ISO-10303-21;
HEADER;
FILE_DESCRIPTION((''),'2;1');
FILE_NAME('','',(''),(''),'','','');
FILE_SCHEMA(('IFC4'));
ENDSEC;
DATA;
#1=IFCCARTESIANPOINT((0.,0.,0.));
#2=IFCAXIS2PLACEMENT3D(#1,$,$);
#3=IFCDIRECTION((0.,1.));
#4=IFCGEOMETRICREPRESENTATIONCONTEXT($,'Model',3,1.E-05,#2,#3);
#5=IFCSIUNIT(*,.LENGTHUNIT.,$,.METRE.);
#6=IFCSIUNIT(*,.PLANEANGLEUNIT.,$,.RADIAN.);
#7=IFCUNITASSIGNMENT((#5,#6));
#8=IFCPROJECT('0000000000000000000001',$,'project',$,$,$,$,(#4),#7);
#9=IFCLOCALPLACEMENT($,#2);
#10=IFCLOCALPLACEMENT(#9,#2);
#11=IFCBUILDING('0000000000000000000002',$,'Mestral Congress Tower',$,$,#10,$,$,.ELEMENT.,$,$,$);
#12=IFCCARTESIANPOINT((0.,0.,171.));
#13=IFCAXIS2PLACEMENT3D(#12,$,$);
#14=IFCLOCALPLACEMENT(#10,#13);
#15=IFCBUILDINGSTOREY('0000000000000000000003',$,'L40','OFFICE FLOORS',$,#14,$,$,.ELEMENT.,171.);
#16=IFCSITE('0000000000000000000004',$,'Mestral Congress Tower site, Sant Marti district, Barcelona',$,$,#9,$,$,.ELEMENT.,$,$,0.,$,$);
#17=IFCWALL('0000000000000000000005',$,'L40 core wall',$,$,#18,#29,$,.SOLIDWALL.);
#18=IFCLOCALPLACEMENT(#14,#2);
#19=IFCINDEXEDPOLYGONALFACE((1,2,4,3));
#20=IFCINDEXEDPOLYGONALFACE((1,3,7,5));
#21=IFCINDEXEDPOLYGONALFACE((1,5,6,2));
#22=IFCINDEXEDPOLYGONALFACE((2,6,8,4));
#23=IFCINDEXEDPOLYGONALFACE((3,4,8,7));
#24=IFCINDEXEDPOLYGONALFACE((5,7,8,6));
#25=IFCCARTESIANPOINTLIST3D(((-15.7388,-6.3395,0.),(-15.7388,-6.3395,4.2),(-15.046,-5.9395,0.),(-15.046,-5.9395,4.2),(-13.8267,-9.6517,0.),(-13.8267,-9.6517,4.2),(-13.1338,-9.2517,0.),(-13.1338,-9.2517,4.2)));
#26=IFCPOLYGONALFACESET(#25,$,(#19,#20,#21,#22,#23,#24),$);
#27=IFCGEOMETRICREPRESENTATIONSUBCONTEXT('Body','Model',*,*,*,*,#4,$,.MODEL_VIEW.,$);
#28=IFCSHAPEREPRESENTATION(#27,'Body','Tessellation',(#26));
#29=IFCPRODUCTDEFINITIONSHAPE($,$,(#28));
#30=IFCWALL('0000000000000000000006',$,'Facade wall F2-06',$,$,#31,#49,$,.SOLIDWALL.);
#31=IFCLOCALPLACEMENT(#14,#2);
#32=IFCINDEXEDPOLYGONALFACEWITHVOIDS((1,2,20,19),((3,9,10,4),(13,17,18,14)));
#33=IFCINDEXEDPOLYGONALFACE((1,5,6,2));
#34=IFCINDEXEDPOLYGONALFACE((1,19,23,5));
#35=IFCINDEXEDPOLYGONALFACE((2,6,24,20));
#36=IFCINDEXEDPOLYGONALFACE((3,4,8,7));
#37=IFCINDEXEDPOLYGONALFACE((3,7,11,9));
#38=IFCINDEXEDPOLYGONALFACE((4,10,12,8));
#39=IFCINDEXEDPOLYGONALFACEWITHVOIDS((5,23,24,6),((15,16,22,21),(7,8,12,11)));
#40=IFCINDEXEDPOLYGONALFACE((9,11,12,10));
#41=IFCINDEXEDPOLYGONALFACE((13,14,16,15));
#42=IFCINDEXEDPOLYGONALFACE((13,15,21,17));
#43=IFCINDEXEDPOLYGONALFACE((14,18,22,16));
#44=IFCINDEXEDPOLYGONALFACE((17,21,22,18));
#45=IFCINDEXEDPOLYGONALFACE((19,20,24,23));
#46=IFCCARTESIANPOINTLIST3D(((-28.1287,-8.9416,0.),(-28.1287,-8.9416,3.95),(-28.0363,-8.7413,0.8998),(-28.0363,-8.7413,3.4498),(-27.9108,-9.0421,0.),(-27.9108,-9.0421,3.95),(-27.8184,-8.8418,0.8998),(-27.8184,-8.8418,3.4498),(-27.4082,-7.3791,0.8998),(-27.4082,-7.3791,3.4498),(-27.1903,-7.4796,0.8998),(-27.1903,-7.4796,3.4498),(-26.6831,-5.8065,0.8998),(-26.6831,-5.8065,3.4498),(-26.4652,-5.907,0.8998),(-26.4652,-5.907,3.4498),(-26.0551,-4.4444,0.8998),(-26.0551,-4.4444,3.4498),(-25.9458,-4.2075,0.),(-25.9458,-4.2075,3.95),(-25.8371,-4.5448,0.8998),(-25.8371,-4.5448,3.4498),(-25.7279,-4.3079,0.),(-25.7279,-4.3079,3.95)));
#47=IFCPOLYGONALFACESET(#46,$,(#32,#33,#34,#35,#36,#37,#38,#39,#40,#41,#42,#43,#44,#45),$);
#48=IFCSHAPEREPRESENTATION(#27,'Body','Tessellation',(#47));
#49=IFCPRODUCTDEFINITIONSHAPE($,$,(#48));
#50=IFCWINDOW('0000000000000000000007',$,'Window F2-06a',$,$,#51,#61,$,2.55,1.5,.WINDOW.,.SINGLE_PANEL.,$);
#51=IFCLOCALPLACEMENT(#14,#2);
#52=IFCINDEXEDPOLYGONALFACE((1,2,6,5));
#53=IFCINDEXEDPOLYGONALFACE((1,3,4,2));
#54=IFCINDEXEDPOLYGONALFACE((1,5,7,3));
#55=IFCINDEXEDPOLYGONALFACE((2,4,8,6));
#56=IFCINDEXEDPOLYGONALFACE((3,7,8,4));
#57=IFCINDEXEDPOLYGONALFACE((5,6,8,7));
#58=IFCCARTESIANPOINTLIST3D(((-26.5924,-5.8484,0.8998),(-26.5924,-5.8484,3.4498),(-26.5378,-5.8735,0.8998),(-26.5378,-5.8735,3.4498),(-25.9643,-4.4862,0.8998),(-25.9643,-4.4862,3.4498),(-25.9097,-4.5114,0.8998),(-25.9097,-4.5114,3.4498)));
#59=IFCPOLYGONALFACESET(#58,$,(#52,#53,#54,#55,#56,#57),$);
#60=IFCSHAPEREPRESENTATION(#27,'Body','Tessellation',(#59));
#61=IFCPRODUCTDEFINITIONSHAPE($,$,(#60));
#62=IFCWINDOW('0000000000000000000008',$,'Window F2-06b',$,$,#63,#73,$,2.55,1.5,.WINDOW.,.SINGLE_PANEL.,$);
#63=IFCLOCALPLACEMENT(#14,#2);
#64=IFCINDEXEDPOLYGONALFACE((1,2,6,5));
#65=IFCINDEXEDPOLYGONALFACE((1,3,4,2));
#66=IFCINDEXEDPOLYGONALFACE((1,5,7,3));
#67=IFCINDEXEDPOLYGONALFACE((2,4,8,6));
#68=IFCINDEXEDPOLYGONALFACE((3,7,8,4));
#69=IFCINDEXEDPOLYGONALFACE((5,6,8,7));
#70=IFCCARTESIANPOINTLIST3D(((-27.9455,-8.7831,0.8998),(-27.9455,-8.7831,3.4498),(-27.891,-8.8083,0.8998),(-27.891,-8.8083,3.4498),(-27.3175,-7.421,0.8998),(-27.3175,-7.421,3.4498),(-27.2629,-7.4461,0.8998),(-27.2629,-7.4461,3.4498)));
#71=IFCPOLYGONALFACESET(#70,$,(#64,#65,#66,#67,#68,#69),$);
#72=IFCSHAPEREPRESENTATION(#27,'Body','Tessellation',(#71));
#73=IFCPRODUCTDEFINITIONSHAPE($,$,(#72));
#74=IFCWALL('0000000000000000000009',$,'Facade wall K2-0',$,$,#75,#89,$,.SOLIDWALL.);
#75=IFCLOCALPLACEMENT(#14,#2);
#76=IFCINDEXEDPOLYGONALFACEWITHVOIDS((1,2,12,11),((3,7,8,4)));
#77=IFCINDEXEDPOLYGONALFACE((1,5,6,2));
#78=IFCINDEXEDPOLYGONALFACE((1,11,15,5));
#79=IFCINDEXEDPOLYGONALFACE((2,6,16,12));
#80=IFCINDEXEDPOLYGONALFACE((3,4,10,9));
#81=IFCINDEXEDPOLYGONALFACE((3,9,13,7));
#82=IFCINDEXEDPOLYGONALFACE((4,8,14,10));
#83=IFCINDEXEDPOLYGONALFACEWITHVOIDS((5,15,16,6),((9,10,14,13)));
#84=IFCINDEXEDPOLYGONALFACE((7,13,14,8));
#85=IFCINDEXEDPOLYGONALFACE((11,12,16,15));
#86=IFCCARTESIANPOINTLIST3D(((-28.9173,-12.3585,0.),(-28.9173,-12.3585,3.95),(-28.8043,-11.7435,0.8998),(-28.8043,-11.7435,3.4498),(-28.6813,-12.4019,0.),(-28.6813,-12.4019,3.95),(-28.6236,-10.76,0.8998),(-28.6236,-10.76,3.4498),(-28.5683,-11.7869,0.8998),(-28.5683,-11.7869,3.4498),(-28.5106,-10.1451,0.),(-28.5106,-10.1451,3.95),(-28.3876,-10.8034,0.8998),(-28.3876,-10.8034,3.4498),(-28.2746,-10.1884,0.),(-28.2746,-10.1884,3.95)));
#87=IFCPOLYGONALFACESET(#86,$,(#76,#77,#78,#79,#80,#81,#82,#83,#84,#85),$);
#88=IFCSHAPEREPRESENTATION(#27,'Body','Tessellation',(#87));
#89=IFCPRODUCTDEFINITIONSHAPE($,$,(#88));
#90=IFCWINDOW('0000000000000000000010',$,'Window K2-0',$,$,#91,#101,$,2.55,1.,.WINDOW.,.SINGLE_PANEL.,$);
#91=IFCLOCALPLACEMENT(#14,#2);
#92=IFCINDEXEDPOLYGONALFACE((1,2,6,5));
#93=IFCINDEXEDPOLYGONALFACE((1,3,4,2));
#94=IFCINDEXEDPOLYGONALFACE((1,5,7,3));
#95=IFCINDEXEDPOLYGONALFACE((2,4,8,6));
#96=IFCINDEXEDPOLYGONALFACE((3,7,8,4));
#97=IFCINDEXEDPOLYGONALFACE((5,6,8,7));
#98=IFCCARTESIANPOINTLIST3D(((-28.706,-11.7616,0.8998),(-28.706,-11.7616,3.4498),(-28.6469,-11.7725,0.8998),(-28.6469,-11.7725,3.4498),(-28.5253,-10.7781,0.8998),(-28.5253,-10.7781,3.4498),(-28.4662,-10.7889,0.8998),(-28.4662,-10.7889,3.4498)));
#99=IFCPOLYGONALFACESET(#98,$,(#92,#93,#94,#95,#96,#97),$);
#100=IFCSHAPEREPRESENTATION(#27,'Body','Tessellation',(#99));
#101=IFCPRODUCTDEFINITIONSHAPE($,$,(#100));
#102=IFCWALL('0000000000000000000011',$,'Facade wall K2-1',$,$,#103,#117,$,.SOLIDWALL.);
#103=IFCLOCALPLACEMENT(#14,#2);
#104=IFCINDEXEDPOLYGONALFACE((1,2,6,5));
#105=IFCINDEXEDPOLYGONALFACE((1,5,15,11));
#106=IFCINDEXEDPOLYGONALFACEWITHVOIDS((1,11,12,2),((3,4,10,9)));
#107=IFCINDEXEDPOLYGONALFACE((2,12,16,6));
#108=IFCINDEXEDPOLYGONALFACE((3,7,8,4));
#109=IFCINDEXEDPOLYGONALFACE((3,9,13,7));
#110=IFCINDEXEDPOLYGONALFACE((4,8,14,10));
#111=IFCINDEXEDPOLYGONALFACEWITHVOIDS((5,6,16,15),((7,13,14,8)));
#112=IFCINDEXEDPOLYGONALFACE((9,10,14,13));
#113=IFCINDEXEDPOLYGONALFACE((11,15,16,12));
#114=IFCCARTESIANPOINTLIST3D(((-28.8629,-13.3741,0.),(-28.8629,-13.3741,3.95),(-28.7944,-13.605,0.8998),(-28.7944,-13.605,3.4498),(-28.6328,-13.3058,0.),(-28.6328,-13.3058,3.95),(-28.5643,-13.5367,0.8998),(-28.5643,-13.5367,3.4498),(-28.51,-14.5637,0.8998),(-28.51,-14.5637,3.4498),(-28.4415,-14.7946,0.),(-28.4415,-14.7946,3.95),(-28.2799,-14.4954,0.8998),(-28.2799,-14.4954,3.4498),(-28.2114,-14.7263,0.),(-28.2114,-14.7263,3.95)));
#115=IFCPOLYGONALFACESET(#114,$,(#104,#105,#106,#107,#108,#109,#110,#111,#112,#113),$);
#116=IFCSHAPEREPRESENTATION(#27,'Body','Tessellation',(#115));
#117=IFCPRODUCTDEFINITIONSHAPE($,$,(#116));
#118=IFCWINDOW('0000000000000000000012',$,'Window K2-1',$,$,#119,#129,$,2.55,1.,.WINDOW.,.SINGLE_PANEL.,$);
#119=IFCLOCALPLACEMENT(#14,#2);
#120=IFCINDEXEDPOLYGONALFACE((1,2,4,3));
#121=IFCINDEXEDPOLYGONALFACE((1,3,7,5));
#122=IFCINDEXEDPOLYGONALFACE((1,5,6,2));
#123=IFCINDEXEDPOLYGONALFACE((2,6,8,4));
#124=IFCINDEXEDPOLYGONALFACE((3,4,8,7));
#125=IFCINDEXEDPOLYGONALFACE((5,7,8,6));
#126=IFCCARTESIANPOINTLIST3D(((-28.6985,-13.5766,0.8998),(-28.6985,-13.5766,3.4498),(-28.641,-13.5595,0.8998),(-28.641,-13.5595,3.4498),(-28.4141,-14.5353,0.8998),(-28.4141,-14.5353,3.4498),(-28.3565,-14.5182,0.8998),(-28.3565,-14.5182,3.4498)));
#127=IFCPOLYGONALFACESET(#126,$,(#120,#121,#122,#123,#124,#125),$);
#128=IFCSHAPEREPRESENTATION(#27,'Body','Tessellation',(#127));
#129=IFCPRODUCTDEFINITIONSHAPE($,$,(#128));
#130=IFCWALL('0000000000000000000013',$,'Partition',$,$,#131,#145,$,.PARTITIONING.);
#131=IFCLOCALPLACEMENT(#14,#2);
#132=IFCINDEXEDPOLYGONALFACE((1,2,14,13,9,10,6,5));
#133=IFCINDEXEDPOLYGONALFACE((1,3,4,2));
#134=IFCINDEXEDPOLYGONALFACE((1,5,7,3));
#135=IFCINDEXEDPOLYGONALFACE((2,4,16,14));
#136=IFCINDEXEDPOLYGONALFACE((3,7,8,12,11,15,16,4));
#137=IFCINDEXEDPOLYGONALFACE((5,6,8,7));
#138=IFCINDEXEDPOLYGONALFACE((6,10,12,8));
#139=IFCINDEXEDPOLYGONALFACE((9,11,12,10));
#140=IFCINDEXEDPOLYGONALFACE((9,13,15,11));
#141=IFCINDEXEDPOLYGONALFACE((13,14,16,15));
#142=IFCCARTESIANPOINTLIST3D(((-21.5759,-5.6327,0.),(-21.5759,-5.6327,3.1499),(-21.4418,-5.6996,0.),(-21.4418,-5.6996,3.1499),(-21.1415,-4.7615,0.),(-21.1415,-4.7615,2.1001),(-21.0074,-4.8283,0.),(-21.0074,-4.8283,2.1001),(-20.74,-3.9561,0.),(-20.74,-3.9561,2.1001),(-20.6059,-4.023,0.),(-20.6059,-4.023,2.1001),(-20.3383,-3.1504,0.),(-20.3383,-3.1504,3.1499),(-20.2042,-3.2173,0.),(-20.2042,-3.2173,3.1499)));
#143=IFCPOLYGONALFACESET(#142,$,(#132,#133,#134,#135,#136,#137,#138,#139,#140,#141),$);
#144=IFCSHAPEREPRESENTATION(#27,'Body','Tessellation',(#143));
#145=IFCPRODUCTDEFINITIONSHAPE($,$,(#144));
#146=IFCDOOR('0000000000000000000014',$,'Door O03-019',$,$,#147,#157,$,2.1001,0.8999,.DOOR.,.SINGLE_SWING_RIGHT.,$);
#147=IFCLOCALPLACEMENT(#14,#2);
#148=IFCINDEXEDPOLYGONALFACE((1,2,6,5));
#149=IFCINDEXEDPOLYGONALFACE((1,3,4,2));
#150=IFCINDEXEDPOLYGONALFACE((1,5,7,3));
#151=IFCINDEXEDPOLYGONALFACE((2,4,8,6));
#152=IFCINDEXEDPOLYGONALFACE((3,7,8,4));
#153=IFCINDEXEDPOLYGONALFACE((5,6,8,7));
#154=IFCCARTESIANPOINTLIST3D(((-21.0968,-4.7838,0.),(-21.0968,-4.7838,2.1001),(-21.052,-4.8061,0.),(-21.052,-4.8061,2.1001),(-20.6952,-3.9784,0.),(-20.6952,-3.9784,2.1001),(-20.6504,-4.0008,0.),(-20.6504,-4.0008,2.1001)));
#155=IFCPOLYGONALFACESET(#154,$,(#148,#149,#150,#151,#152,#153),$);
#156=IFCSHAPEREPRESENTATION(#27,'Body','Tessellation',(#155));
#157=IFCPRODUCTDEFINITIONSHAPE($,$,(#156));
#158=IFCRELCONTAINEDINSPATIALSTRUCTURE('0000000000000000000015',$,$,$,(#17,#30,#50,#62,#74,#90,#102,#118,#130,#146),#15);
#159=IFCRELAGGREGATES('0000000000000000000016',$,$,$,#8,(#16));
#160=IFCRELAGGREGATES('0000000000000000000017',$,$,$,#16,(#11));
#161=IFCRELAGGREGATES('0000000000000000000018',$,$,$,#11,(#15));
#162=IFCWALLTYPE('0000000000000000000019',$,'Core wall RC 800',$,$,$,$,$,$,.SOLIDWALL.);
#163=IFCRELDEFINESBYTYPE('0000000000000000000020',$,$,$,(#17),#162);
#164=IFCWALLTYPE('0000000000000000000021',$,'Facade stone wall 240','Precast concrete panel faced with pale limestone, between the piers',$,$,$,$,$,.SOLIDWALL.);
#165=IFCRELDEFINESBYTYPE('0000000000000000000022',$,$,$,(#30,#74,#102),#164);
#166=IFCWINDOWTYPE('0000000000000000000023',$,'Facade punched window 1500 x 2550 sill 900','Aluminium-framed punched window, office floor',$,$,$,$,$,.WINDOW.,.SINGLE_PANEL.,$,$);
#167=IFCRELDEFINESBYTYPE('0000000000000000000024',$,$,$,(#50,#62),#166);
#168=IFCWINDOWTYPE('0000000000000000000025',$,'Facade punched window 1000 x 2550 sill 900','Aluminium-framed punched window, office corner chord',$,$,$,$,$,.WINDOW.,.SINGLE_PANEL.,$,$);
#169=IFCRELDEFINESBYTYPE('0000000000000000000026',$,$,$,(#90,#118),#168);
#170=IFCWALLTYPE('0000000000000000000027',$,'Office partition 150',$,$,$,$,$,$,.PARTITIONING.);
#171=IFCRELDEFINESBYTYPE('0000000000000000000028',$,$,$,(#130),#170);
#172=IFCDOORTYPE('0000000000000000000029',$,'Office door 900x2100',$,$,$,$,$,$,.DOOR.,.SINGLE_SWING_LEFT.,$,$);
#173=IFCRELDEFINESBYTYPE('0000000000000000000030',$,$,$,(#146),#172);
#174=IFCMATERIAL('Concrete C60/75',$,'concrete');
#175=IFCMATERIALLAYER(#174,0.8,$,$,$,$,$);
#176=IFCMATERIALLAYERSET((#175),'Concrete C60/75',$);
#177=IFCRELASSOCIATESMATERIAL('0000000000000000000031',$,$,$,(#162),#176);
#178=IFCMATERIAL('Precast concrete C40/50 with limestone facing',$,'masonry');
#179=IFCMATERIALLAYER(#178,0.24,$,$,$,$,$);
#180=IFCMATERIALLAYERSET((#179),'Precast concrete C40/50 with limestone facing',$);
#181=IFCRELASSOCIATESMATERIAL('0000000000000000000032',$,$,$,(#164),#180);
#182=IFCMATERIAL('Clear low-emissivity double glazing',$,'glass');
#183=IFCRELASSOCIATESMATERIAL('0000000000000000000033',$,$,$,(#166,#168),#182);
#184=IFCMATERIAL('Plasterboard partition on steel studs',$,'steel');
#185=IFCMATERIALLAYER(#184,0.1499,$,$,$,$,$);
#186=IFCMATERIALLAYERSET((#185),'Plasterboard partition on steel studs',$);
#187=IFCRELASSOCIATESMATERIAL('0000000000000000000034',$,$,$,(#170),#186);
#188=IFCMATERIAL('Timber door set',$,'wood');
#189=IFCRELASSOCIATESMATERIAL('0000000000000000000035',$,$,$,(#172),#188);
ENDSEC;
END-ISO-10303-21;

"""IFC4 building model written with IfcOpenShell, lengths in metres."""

from ifc_helpers import new_model, si_unit, direction, frame, frame_2d, origin, place, context, subcontext, project, spatial, rectangle, extrude, material, layer, layer_set, type_object, element, fill, save


model = new_model("IFC4")

# Units and contexts
model_context = context("Model", 3, precision=1e-05, world=origin(), true_north=direction((0.0, 1.0)))
body_context = subcontext(model_context, "Body", "Model", "MODEL_VIEW")
ifc_project = project(units=[si_unit("LENGTHUNIT", "METRE"), si_unit("PLANEANGLEUNIT", "RADIAN")], contexts=[model_context])

# Site, building, storey
site_placement = place(None, origin())
site = spatial("IfcSite", under=ifc_project, at=site_placement, Name="Mestral Congress Tower site, Sant Marti district, Barcelona", CompositionType="ELEMENT", RefElevation=0.0)
building_placement = place(site_placement, origin())
building = spatial("IfcBuilding", under=site, at=building_placement, Name="Mestral Congress Tower", CompositionType="ELEMENT")
storey_placement = place(building_placement, frame((0.0, 0.0, 171.0)))
storey = spatial("IfcBuildingStorey", under=building, at=storey_placement, Name="L40", Description="OFFICE FLOORS", CompositionType="ELEMENT", Elevation=171.0)

# Shared definitions
ifc_material_1 = material(Name="Concrete C60/75", Category="concrete")

# Wall
ifc_layer_1 = layer(ifc_material_1, 0.8)
ifc_layer_set_1 = layer_set([ifc_layer_1], Name="Concrete C60/75")
wall_type_1 = type_object("IfcWallType", Name="Core wall RC 800", PredefinedType="SOLIDWALL", material=ifc_layer_set_1)
wall_1_placement = place(storey_placement, frame((-15.3923, -6.1396, 0.0), z_axis=(0.0, 0.0, 1.0), x_axis=(0.499984, -0.866035, 0.0)))
element("IfcWall", 1, at=wall_1_placement, inside=storey, type_object=wall_type_1, Name="L40 core wall", PredefinedType="SOLIDWALL", context=body_context, shape_type="SweptSolid", body=[
    extrude(rectangle(XDim=3.8245, YDim=0.8, at=frame_2d((1.9121, 0.0))), origin(), (0.0, 0.0, 1.0), 4.2),
])

# Wall, openings, windows
ifc_material_2 = material(Name="Precast concrete C40/50 with limestone facing", Category="masonry")
ifc_layer_2 = layer(ifc_material_2, 0.24)
ifc_layer_set_2 = layer_set([ifc_layer_2], Name="Precast concrete C40/50 with limestone facing")
wall_type_2 = type_object("IfcWallType", Name="Facade stone wall 240", Description="Precast concrete panel faced with pale limestone, between the piers", PredefinedType="SOLIDWALL", material=ifc_layer_set_2)
wall_2_placement = place(storey_placement, frame((-25.8369, -4.2578, 0.0), z_axis=(0.0, 0.0, 1.0), x_axis=(-0.418723, -0.908114, 0.0)))
wall_2 = element("IfcWall", 2, at=wall_2_placement, inside=storey, type_object=wall_type_2, Name="Facade wall F2-06", PredefinedType="SOLIDWALL", context=body_context, shape_type="SweptSolid", body=[
    extrude(rectangle(XDim=5.2131, YDim=0.24, at=frame_2d((2.6064, 0.0))), origin(), (0.0, 0.0, 1.0), 3.95),
])
opening_1_placement = place(wall_2_placement, frame((0.2607, 0.0, 0.8999)))
opening_1 = element("IfcOpeningElement", 3, at=opening_1_placement, cuts=wall_2, PredefinedType="OPENING", context=body_context, shape_type="SweptSolid", body=[
    extrude(rectangle(XDim=1.5, YDim=2.55, at=frame_2d((0.75, 1.2749))), frame((0.0, 0.1299, 0.0), z_axis=(0.0, -1.0, 0.0), x_axis=(1.0, 0.0, 0.0)), (0.0, 0.0, 1.0), 0.26),
])
opening_2_placement = place(wall_2_placement, frame((3.4924, 0.0, 0.8999)))
opening_2 = element("IfcOpeningElement", 4, at=opening_2_placement, cuts=wall_2, PredefinedType="OPENING", context=body_context, shape_type="SweptSolid", body=[
    extrude(rectangle(XDim=1.5, YDim=2.55, at=frame_2d((0.75, 1.2749))), frame((0.0, 0.1299, 0.0), z_axis=(0.0, -1.0, 0.0), x_axis=(1.0, 0.0, 0.0)), (0.0, 0.0, 1.0), 0.26),
])
ifc_material_3 = material(Name="Clear low-emissivity double glazing", Category="glass")
window_type_1 = type_object("IfcWindowType", Name="Facade punched window 1500 x 2550 sill 900", Description="Aluminium-framed punched window, office floor", PartitioningType="SINGLE_PANEL", PredefinedType="WINDOW", material=ifc_material_3)
window_1_placement = place(opening_1_placement, origin())
window_1 = element("IfcWindow", 5, at=window_1_placement, inside=storey, type_object=window_type_1, Name="Window F2-06a", OverallHeight=2.55, OverallWidth=1.5, PartitioningType="SINGLE_PANEL", PredefinedType="WINDOW", context=body_context, shape_type="SweptSolid", body=[
    extrude(rectangle(XDim=1.5, YDim=2.55, at=frame_2d((0.75, 1.2749))), frame((0.0, 0.04, 0.0), z_axis=(0.0, -1.0, 0.0), x_axis=(1.0, 0.0, 0.0)), (0.0, 0.0, 1.0), 0.0601),
])
fill(opening_1, window_1)
window_2_placement = place(opening_2_placement, origin())
window_2 = element("IfcWindow", 6, at=window_2_placement, inside=storey, type_object=window_type_1, Name="Window F2-06b", OverallHeight=2.55, OverallWidth=1.5, PartitioningType="SINGLE_PANEL", PredefinedType="WINDOW", context=body_context, shape_type="SweptSolid", body=[
    extrude(rectangle(XDim=1.5, YDim=2.55, at=frame_2d((0.75, 1.2749))), frame((0.0, 0.04, 0.0), z_axis=(0.0, -1.0, 0.0), x_axis=(1.0, 0.0, 0.0)), (0.0, 0.0, 1.0), 0.0601),
])
fill(opening_2, window_2)

# Walls, openings, windows
wall_3_placement = place(storey_placement, frame((-28.3926, -10.1667, 0.0), z_axis=(0.0, 0.0, 1.0), x_axis=(-0.180737, -0.983531, 0.0)))
wall_3 = element("IfcWall", 7, at=wall_3_placement, inside=storey, type_object=wall_type_2, Name="Facade wall K2-0", PredefinedType="SOLIDWALL", context=body_context, shape_type="SweptSolid", body=[
    extrude(rectangle(XDim=2.2505, YDim=0.24, at=frame_2d((1.1252, 0.0))), origin(), (0.0, 0.0, 1.0), 3.95),
])
opening_3_placement = place(wall_3_placement, frame((0.6252, 0.0, 0.8999)))
opening_3 = element("IfcOpeningElement", 8, at=opening_3_placement, cuts=wall_3, PredefinedType="OPENING", context=body_context, shape_type="SweptSolid", body=[
    extrude(rectangle(XDim=1.0, YDim=2.55, at=frame_2d((0.5, 1.2749))), frame((0.0, 0.1299, 0.0), z_axis=(0.0, -1.0, 0.0), x_axis=(1.0, 0.0, 0.0)), (0.0, 0.0, 1.0), 0.26),
])
window_type_2 = type_object("IfcWindowType", Name="Facade punched window 1000 x 2550 sill 900", Description="Aluminium-framed punched window, office corner chord", PartitioningType="SINGLE_PANEL", PredefinedType="WINDOW", material=ifc_material_3)
window_3_placement = place(opening_3_placement, origin())
window_3 = element("IfcWindow", 9, at=window_3_placement, inside=storey, type_object=window_type_2, Name="Window K2-0", OverallHeight=2.55, OverallWidth=1.0, PartitioningType="SINGLE_PANEL", PredefinedType="WINDOW", context=body_context, shape_type="SweptSolid", body=[
    extrude(rectangle(XDim=1.0, YDim=2.55, at=frame_2d((0.5, 1.2749))), frame((0.0, 0.04, 0.0), z_axis=(0.0, -1.0, 0.0), x_axis=(1.0, 0.0, 0.0)), (0.0, 0.0, 1.0), 0.0601),
])
fill(opening_3, window_3)
wall_4_placement = place(storey_placement, frame((-28.7478, -13.3401, 0.0), z_axis=(0.0, 0.0, 1.0), x_axis=(0.284414, -0.958702, 0.0)))
wall_4 = element("IfcWall", 10, at=wall_4_placement, inside=storey, type_object=wall_type_2, Name="Facade wall K2-1", PredefinedType="SOLIDWALL", context=body_context, shape_type="SweptSolid", body=[
    extrude(rectangle(XDim=1.4817, YDim=0.24, at=frame_2d((0.7407, 0.0))), origin(), (0.0, 0.0, 1.0), 3.95),
])
opening_4_placement = place(wall_4_placement, frame((0.2407, 0.0, 0.8999)))
opening_4 = element("IfcOpeningElement", 11, at=opening_4_placement, cuts=wall_4, PredefinedType="OPENING", context=body_context, shape_type="SweptSolid", body=[
    extrude(rectangle(XDim=1.0, YDim=2.55, at=frame_2d((0.5, 1.2749))), frame((0.0, 0.1299, 0.0), z_axis=(0.0, -1.0, 0.0), x_axis=(1.0, 0.0, 0.0)), (0.0, 0.0, 1.0), 0.26),
])
window_4_placement = place(opening_4_placement, origin())
window_4 = element("IfcWindow", 12, at=window_4_placement, inside=storey, type_object=window_type_2, Name="Window K2-1", OverallHeight=2.55, OverallWidth=1.0, PartitioningType="SINGLE_PANEL", PredefinedType="WINDOW", context=body_context, shape_type="SweptSolid", body=[
    extrude(rectangle(XDim=1.0, YDim=2.55, at=frame_2d((0.5, 1.2749))), frame((0.0, 0.04, 0.0), z_axis=(0.0, -1.0, 0.0), x_axis=(1.0, 0.0, 0.0)), (0.0, 0.0, 1.0), 0.0601),
])
fill(opening_4, window_4)

# Wall, opening, door
ifc_material_4 = material(Name="Plasterboard partition on steel studs", Category="steel")
ifc_layer_3 = layer(ifc_material_4, 0.1499)
ifc_layer_set_3 = layer_set([ifc_layer_3], Name="Plasterboard partition on steel studs")
wall_type_3 = type_object("IfcWallType", Name="Office partition 150", PredefinedType="PARTITIONING", material=ifc_layer_set_3)
wall_5_placement = place(storey_placement, frame((-21.5088, -5.666, 0.0), z_axis=(0.0, 0.0, 1.0), x_axis=(0.446192, 0.894937, 0.0)))
wall_5 = element("IfcWall", 13, at=wall_5_placement, inside=storey, type_object=wall_type_3, Name="Partition", PredefinedType="PARTITIONING", context=body_context, shape_type="SweptSolid", body=[
    extrude(rectangle(XDim=2.7737, YDim=0.1499, at=frame_2d((1.3867, 0.0))), origin(), (0.0, 0.0, 1.0), 3.1499),
])
opening_5_placement = place(wall_5_placement, frame((0.9734, 0.0, 0.0)))
opening_5 = element("IfcOpeningElement", 14, at=opening_5_placement, cuts=wall_5, PredefinedType="OPENING", context=body_context, shape_type="SweptSolid", body=[
    extrude(rectangle(XDim=0.8999, YDim=2.1001, at=frame_2d((0.45, 1.05))), frame((0.0, 0.085, 0.0), z_axis=(0.0, -1.0, 0.0), x_axis=(1.0, 0.0, 0.0)), (0.0, 0.0, 1.0), 0.1699),
])
ifc_material_5 = material(Name="Timber door set", Category="wood")
door_type = type_object("IfcDoorType", Name="Office door 900x2100", OperationType="SINGLE_SWING_LEFT", PredefinedType="DOOR", material=ifc_material_5)
door_1_placement = place(opening_5_placement, origin())
door_1 = element("IfcDoor", 15, at=door_1_placement, inside=storey, type_object=door_type, Name="Door O03-019", OperationType="SINGLE_SWING_RIGHT", OverallHeight=2.1001, OverallWidth=0.8999, PredefinedType="DOOR", context=body_context, shape_type="SweptSolid", body=[
    extrude(rectangle(XDim=0.8999, YDim=2.1001, at=frame_2d((0.45, 1.05))), frame((0.0, 0.0249, 0.0), z_axis=(0.0, -1.0, 0.0), x_axis=(1.0, 0.0, 0.0)), (0.0, 0.0, 1.0), 0.05),
])
fill(opening_5, door_1)

save(model, "model.ifc")
